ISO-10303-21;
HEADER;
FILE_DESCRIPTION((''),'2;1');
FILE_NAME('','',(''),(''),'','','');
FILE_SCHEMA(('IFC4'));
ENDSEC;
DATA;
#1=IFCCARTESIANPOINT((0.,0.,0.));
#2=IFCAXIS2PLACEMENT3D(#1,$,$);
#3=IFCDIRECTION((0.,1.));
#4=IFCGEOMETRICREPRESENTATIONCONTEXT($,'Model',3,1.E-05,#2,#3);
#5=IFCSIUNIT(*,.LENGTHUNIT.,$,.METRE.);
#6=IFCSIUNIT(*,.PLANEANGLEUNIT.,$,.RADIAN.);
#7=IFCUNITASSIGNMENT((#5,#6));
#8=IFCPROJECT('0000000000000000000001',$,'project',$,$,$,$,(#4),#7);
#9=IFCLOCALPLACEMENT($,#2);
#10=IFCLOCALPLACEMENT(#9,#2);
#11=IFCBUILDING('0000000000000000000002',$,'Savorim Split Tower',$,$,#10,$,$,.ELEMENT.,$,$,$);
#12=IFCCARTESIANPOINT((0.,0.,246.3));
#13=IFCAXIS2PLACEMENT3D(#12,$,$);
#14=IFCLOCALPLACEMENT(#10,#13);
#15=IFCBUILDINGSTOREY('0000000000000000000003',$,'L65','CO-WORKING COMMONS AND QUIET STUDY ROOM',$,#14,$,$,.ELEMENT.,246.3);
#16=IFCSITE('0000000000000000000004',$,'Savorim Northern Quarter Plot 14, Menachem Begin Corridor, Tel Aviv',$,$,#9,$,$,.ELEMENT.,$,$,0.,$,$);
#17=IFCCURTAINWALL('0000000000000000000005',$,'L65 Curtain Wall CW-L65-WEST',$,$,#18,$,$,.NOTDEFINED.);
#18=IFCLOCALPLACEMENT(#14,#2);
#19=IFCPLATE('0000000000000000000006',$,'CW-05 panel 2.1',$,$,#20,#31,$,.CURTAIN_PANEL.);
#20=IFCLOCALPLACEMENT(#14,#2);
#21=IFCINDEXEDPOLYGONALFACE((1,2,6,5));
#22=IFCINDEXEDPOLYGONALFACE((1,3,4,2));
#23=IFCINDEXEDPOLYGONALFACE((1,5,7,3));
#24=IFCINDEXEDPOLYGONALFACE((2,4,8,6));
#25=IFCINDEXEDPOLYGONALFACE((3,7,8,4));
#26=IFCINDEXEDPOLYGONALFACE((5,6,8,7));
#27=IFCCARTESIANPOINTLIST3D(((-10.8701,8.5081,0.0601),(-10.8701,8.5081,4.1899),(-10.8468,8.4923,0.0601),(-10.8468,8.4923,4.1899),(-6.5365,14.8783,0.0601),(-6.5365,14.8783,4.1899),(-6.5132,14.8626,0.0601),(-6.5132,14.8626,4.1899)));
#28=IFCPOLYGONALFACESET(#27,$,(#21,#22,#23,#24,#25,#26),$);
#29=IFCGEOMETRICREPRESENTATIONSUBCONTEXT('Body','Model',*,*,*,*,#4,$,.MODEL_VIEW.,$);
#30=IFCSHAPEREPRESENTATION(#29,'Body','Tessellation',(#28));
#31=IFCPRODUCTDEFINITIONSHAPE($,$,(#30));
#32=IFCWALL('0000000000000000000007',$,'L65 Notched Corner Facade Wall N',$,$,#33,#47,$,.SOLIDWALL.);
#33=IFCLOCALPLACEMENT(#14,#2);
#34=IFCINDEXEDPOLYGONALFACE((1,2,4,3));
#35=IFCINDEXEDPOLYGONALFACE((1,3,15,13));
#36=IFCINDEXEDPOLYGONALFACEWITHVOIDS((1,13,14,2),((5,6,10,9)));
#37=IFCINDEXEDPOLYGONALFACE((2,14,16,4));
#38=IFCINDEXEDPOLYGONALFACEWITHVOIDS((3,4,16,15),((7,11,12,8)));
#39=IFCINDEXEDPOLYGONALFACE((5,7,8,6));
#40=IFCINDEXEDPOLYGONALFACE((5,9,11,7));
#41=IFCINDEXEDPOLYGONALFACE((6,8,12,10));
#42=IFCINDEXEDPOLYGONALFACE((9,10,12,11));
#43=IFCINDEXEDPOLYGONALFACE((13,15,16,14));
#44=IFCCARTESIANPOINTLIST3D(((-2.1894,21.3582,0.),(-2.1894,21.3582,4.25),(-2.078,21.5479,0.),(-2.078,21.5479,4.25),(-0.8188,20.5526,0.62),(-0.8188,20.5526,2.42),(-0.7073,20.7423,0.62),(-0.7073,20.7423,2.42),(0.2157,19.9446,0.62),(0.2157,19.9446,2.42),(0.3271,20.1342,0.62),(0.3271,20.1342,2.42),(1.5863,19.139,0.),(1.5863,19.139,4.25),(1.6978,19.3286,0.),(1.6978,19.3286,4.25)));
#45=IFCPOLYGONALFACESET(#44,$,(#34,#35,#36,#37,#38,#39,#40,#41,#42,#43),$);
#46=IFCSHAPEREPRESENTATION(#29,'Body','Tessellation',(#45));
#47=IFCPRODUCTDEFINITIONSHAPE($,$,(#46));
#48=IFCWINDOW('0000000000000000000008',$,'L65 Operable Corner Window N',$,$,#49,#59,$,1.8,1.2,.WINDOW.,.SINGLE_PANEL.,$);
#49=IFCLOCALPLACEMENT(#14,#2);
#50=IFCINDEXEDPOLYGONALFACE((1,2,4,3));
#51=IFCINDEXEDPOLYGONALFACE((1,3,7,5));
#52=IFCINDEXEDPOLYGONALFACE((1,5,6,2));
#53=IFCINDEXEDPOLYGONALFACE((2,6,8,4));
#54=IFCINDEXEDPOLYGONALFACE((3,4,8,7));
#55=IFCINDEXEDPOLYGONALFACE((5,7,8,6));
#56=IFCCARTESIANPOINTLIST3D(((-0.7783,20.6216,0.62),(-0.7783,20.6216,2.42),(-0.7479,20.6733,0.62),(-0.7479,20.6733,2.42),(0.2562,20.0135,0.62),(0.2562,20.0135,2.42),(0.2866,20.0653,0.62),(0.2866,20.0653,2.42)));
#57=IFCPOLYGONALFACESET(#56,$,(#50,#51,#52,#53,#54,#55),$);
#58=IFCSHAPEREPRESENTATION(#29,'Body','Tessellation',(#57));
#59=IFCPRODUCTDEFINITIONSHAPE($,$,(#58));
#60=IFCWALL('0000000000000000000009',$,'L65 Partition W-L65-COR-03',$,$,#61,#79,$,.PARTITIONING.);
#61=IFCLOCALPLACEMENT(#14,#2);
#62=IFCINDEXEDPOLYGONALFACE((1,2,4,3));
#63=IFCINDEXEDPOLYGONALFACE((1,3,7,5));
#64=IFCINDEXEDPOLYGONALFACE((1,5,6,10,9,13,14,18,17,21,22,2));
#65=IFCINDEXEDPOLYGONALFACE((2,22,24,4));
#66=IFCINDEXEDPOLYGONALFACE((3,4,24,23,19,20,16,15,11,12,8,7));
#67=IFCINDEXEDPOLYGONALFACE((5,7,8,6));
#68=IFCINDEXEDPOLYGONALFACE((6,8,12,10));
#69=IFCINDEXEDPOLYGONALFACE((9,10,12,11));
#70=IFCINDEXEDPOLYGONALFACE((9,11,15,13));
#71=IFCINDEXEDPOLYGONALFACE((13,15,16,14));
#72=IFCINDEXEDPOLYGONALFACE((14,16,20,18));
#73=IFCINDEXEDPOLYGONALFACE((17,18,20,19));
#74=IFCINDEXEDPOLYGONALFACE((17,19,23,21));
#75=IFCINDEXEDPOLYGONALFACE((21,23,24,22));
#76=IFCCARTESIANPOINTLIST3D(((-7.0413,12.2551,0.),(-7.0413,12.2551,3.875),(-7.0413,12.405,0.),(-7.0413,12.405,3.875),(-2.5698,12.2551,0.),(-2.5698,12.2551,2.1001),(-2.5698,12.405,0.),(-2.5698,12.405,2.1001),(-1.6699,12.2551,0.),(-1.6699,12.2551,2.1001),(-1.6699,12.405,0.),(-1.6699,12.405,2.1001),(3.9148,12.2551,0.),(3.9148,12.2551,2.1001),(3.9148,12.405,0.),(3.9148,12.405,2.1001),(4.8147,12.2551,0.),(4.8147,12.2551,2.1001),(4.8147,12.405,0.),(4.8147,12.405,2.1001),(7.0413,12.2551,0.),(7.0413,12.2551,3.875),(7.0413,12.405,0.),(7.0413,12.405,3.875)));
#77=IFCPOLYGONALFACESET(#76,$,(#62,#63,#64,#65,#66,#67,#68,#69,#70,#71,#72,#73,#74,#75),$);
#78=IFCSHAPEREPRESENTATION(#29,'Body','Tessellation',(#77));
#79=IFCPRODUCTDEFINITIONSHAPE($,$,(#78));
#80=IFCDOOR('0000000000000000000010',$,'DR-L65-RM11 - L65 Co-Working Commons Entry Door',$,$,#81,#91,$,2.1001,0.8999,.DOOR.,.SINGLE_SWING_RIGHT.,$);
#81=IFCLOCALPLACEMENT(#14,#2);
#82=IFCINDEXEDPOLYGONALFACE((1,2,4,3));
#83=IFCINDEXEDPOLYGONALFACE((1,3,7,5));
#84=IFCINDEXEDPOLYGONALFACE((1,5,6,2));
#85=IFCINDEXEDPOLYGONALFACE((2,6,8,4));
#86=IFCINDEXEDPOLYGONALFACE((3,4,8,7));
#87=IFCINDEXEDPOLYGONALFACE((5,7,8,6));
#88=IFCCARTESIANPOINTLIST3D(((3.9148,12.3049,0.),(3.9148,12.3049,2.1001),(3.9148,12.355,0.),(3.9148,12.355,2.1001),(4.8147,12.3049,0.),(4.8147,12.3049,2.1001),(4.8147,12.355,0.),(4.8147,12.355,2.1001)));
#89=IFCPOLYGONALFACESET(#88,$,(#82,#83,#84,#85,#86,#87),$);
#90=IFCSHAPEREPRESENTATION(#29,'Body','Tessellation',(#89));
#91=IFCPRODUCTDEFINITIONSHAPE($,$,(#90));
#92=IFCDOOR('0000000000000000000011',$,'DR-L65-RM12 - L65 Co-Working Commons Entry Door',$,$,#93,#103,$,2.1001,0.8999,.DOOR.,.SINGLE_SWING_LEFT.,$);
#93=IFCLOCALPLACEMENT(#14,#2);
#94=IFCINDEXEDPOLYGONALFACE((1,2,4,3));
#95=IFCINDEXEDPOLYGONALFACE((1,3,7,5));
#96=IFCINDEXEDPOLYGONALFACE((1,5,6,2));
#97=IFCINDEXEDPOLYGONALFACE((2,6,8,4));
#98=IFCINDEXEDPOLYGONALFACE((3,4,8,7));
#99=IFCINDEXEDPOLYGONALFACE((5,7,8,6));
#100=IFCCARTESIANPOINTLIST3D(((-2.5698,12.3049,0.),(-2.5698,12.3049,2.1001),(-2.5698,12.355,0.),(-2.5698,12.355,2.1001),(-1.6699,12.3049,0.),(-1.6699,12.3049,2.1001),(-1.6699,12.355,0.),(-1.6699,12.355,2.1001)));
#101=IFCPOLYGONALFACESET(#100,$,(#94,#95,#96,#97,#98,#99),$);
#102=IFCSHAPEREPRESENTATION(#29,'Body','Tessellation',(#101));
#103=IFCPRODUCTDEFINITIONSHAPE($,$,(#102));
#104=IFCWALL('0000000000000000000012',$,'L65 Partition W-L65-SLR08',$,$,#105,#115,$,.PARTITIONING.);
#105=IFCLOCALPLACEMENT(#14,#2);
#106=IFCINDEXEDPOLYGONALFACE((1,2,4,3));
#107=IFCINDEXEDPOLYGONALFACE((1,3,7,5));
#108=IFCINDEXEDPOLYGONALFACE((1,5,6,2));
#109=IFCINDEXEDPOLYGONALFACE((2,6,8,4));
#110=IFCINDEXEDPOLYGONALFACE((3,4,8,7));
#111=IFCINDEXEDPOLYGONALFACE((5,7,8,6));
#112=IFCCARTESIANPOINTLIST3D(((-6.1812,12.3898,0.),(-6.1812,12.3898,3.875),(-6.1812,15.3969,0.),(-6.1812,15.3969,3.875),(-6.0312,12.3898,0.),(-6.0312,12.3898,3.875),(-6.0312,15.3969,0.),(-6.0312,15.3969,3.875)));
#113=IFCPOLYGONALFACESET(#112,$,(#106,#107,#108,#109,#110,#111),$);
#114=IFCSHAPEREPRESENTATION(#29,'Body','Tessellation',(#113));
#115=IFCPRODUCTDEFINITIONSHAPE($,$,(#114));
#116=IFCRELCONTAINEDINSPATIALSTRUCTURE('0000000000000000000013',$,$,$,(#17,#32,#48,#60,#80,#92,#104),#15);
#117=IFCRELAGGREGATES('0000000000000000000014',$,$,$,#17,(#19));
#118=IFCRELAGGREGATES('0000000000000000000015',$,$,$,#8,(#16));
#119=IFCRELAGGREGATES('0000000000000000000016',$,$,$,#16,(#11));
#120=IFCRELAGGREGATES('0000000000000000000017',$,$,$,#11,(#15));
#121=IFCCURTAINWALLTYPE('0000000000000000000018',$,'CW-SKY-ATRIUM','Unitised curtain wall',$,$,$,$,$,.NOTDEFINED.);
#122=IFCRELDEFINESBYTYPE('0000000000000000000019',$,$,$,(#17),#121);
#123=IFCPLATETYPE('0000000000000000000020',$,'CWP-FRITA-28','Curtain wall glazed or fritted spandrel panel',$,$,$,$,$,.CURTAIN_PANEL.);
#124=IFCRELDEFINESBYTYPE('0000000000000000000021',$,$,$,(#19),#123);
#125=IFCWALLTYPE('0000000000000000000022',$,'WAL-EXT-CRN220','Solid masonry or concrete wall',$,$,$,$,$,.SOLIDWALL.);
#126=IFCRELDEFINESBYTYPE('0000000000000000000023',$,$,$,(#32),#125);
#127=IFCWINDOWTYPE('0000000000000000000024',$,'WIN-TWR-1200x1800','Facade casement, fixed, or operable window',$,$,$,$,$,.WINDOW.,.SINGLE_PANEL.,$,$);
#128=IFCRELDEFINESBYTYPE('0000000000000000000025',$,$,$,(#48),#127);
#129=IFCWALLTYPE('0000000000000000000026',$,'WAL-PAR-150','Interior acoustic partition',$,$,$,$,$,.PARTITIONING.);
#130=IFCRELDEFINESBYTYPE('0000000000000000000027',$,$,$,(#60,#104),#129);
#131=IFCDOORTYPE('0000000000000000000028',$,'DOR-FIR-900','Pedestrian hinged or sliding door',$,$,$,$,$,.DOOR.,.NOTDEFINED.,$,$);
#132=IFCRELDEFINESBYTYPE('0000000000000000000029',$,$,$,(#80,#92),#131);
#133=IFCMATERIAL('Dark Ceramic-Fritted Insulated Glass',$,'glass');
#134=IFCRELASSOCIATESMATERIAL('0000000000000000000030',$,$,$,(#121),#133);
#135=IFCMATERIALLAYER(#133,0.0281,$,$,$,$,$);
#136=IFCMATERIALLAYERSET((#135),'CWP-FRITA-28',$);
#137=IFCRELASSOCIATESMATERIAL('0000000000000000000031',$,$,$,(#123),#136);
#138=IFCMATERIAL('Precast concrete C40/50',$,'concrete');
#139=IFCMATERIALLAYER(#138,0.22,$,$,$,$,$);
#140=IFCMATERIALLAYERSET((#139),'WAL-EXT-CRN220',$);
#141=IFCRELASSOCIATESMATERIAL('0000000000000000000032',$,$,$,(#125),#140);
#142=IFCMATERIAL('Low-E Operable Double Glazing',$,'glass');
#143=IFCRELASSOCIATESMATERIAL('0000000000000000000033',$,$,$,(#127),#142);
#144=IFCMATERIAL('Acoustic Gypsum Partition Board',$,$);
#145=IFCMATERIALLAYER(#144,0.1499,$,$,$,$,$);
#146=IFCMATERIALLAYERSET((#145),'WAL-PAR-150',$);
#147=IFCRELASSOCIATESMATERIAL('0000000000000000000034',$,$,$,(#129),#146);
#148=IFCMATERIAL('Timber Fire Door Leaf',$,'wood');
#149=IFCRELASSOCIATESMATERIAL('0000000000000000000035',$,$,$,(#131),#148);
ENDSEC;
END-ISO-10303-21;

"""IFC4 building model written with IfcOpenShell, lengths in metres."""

from ifc_helpers import new_model, si_unit, direction, frame, frame_2d, origin, origin_2d, place, context, subcontext, project, spatial, rectangle, extrude, material, layer, layer_set, type_object, element, fill, aggregate, save


model = new_model("IFC4")

# Units and contexts
model_context = context("Model", 3, precision=1e-05, world=origin(), true_north=direction((0.0, 1.0)))
body_context = subcontext(model_context, "Body", "Model", "MODEL_VIEW")
ifc_project = project(units=[si_unit("LENGTHUNIT", "METRE"), si_unit("PLANEANGLEUNIT", "RADIAN")], contexts=[model_context])

# Site, building, storey
site_placement = place(None, origin())
site = spatial("IfcSite", under=ifc_project, at=site_placement, Name="Savorim Northern Quarter Plot 14, Menachem Begin Corridor, Tel Aviv", CompositionType="ELEMENT", RefElevation=0.0)
building_placement = place(site_placement, origin())
building = spatial("IfcBuilding", under=site, at=building_placement, Name="Savorim Split Tower", CompositionType="ELEMENT")
storey_placement = place(building_placement, frame((0.0, 0.0, 246.3)))
storey = spatial("IfcBuildingStorey", under=building, at=storey_placement, Name="L65", Description="CO-WORKING COMMONS AND QUIET STUDY ROOM", CompositionType="ELEMENT", Elevation=246.3)

# Curtain wall, plate
ifc_material_1 = material(Name="Dark Ceramic-Fritted Insulated Glass", Category="glass")
curtain_wall_type = type_object("IfcCurtainWallType", Name="CW-SKY-ATRIUM", Description="Unitised curtain wall", PredefinedType="NOTDEFINED", material=ifc_material_1)
curtain_wall_placement = place(storey_placement, origin())
curtain_wall = element("IfcCurtainWall", 1, at=curtain_wall_placement, inside=storey, type_object=curtain_wall_type, Name="L65 Curtain Wall CW-L65-WEST", PredefinedType="NOTDEFINED")
ifc_layer_1 = layer(ifc_material_1, 0.0281)
ifc_layer_set_1 = layer_set([ifc_layer_1], Name="CWP-FRITA-28")
plate_type = type_object("IfcPlateType", Name="CWP-FRITA-28", Description="Curtain wall glazed or fritted spandrel panel", PredefinedType="CURTAIN_PANEL", material=ifc_layer_set_1)
plate_1_placement = place(storey_placement, frame((-8.6917, 11.6853, 0.0601), z_axis=(0.0, 0.0, 1.0), x_axis=(-0.562469, -0.826818, 0.0)))
plate_1 = element("IfcPlate", 2, at=plate_1_placement, type_object=plate_type, Name="CW-05 panel 2.1", PredefinedType="CURTAIN_PANEL", context=body_context, shape_type="SweptSolid", body=[
    extrude(rectangle(XDim=7.7046, YDim=0.0281, at=origin_2d()), origin(), (0.0, 0.0, 1.0), 4.1299),
])
aggregate(curtain_wall, [plate_1])

# Wall, opening, window
ifc_material_2 = material(Name="Precast concrete C40/50", Category="concrete")
ifc_layer_2 = layer(ifc_material_2, 0.22)
ifc_layer_set_2 = layer_set([ifc_layer_2], Name="WAL-EXT-CRN220")
wall_type_1 = type_object("IfcWallType", Name="WAL-EXT-CRN220", Description="Solid masonry or concrete wall", PredefinedType="SOLIDWALL", material=ifc_layer_set_2)
wall_1_placement = place(storey_placement, frame((-2.1338, 21.4531, 0.0), z_axis=(0.0, 0.0, 1.0), x_axis=(0.862106, -0.506728, 0.0)))
wall_1 = element("IfcWall", 3, at=wall_1_placement, inside=storey, type_object=wall_type_1, Name="L65 Notched Corner Facade Wall N", PredefinedType="SOLIDWALL", context=body_context, shape_type="SweptSolid", body=[
    extrude(rectangle(XDim=4.3796, YDim=0.22, at=frame_2d((2.1899, 0.0))), origin(), (0.0, 0.0, 1.0), 4.25),
])
opening_1_placement = place(wall_1_placement, frame((1.5898, 0.0, 0.6201)))
opening_1 = element("IfcOpeningElement", 4, at=opening_1_placement, cuts=wall_1, PredefinedType="OPENING", context=body_context, shape_type="SweptSolid", body=[
    extrude(rectangle(XDim=1.2, YDim=1.8, at=frame_2d((0.6001, 0.8999))), frame((0.0, 0.1199, 0.0), z_axis=(0.0, -1.0, 0.0), x_axis=(1.0, 0.0, 0.0)), (0.0, 0.0, 1.0), 0.24),
])
ifc_material_3 = material(Name="Low-E Operable Double Glazing", Category="glass")
window_type = type_object("IfcWindowType", Name="WIN-TWR-1200x1800", Description="Facade casement, fixed, or operable window", PartitioningType="SINGLE_PANEL", PredefinedType="WINDOW", material=ifc_material_3)
window_placement = place(opening_1_placement, origin())
window = element("IfcWindow", 5, at=window_placement, inside=storey, type_object=window_type, Name="L65 Operable Corner Window N", OverallHeight=1.8, OverallWidth=1.2, PartitioningType="SINGLE_PANEL", PredefinedType="WINDOW", context=body_context, shape_type="SweptSolid", body=[
    extrude(rectangle(XDim=1.2, YDim=1.8, at=frame_2d((0.6001, 0.8999))), frame((0.0, 0.03, 0.0), z_axis=(0.0, -1.0, 0.0), x_axis=(1.0, 0.0, 0.0)), (0.0, 0.0, 1.0), 0.0601),
])
fill(opening_1, window)

# Wall, openings, doors
ifc_material_4 = material(Name="Acoustic Gypsum Partition Board")
ifc_layer_3 = layer(ifc_material_4, 0.1499)
ifc_layer_set_3 = layer_set([ifc_layer_3], Name="WAL-PAR-150")
wall_type_2 = type_object("IfcWallType", Name="WAL-PAR-150", Description="Interior acoustic partition", PredefinedType="PARTITIONING", material=ifc_layer_set_3)
wall_2_placement = place(storey_placement, frame((-7.0413, 12.3301, 0.0), z_axis=(0.0, 0.0, 1.0), x_axis=(1.0, 0.0, 0.0)))
wall_2 = element("IfcWall", 6, at=wall_2_placement, inside=storey, type_object=wall_type_2, Name="L65 Partition W-L65-COR-03", PredefinedType="PARTITIONING", context=body_context, shape_type="SweptSolid", body=[
    extrude(rectangle(XDim=14.0825, YDim=0.1499, at=frame_2d((7.0413, 0.0))), origin(), (0.0, 0.0, 1.0), 3.875),
])
opening_2_placement = place(wall_2_placement, frame((10.9561, 0.0, 0.0)))
opening_2 = element("IfcOpeningElement", 7, at=opening_2_placement, cuts=wall_2, PredefinedType="OPENING", context=body_context, shape_type="SweptSolid", body=[
    extrude(rectangle(XDim=0.8999, YDim=2.1001, at=frame_2d((0.45, 1.05))), frame((0.0, 0.085, 0.0), z_axis=(0.0, -1.0, 0.0), x_axis=(1.0, 0.0, 0.0)), (0.0, 0.0, 1.0), 0.1699),
])
opening_3_placement = place(wall_2_placement, frame((4.4714, 0.0, 0.0)))
opening_3 = element("IfcOpeningElement", 8, at=opening_3_placement, cuts=wall_2, PredefinedType="OPENING", context=body_context, shape_type="SweptSolid", body=[
    extrude(rectangle(XDim=0.8999, YDim=2.1001, at=frame_2d((0.45, 1.05))), frame((0.0, 0.085, 0.0), z_axis=(0.0, -1.0, 0.0), x_axis=(1.0, 0.0, 0.0)), (0.0, 0.0, 1.0), 0.1699),
])
ifc_material_5 = material(Name="Timber Fire Door Leaf", Category="wood")
door_type = type_object("IfcDoorType", Name="DOR-FIR-900", Description="Pedestrian hinged or sliding door", OperationType="NOTDEFINED", PredefinedType="DOOR", material=ifc_material_5)
door_1_placement = place(opening_2_placement, origin())
door_1 = element("IfcDoor", 9, at=door_1_placement, inside=storey, type_object=door_type, Name="DR-L65-RM11 - L65 Co-Working Commons Entry Door", OperationType="SINGLE_SWING_RIGHT", OverallHeight=2.1001, OverallWidth=0.8999, PredefinedType="DOOR", context=body_context, shape_type="SweptSolid", body=[
    extrude(rectangle(XDim=0.8999, YDim=2.1001, at=frame_2d((0.45, 1.05))), frame((0.0, 0.0249, 0.0), z_axis=(0.0, -1.0, 0.0), x_axis=(1.0, 0.0, 0.0)), (0.0, 0.0, 1.0), 0.05),
])
fill(opening_2, door_1)
door_2_placement = place(opening_3_placement, origin())
door_2 = element("IfcDoor", 10, at=door_2_placement, inside=storey, type_object=door_type, Name="DR-L65-RM12 - L65 Co-Working Commons Entry Door", OperationType="SINGLE_SWING_LEFT", OverallHeight=2.1001, OverallWidth=0.8999, PredefinedType="DOOR", context=body_context, shape_type="SweptSolid", body=[
    extrude(rectangle(XDim=0.8999, YDim=2.1001, at=frame_2d((0.45, 1.05))), frame((0.0, 0.0249, 0.0), z_axis=(0.0, -1.0, 0.0), x_axis=(1.0, 0.0, 0.0)), (0.0, 0.0, 1.0), 0.05),
])
fill(opening_3, door_2)

# Wall
wall_3_placement = place(storey_placement, frame((-6.1062, 12.3899, 0.0), z_axis=(0.0, 0.0, 1.0), x_axis=(0.0, 1.0, 0.0)))
element("IfcWall", 11, at=wall_3_placement, inside=storey, type_object=wall_type_2, Name="L65 Partition W-L65-SLR08", PredefinedType="PARTITIONING", context=body_context, shape_type="SweptSolid", body=[
    extrude(rectangle(XDim=3.0071, YDim=0.1499, at=frame_2d((1.5034, 0.0))), origin(), (0.0, 0.0, 1.0), 3.875),
])

save(model, "model.ifc")
